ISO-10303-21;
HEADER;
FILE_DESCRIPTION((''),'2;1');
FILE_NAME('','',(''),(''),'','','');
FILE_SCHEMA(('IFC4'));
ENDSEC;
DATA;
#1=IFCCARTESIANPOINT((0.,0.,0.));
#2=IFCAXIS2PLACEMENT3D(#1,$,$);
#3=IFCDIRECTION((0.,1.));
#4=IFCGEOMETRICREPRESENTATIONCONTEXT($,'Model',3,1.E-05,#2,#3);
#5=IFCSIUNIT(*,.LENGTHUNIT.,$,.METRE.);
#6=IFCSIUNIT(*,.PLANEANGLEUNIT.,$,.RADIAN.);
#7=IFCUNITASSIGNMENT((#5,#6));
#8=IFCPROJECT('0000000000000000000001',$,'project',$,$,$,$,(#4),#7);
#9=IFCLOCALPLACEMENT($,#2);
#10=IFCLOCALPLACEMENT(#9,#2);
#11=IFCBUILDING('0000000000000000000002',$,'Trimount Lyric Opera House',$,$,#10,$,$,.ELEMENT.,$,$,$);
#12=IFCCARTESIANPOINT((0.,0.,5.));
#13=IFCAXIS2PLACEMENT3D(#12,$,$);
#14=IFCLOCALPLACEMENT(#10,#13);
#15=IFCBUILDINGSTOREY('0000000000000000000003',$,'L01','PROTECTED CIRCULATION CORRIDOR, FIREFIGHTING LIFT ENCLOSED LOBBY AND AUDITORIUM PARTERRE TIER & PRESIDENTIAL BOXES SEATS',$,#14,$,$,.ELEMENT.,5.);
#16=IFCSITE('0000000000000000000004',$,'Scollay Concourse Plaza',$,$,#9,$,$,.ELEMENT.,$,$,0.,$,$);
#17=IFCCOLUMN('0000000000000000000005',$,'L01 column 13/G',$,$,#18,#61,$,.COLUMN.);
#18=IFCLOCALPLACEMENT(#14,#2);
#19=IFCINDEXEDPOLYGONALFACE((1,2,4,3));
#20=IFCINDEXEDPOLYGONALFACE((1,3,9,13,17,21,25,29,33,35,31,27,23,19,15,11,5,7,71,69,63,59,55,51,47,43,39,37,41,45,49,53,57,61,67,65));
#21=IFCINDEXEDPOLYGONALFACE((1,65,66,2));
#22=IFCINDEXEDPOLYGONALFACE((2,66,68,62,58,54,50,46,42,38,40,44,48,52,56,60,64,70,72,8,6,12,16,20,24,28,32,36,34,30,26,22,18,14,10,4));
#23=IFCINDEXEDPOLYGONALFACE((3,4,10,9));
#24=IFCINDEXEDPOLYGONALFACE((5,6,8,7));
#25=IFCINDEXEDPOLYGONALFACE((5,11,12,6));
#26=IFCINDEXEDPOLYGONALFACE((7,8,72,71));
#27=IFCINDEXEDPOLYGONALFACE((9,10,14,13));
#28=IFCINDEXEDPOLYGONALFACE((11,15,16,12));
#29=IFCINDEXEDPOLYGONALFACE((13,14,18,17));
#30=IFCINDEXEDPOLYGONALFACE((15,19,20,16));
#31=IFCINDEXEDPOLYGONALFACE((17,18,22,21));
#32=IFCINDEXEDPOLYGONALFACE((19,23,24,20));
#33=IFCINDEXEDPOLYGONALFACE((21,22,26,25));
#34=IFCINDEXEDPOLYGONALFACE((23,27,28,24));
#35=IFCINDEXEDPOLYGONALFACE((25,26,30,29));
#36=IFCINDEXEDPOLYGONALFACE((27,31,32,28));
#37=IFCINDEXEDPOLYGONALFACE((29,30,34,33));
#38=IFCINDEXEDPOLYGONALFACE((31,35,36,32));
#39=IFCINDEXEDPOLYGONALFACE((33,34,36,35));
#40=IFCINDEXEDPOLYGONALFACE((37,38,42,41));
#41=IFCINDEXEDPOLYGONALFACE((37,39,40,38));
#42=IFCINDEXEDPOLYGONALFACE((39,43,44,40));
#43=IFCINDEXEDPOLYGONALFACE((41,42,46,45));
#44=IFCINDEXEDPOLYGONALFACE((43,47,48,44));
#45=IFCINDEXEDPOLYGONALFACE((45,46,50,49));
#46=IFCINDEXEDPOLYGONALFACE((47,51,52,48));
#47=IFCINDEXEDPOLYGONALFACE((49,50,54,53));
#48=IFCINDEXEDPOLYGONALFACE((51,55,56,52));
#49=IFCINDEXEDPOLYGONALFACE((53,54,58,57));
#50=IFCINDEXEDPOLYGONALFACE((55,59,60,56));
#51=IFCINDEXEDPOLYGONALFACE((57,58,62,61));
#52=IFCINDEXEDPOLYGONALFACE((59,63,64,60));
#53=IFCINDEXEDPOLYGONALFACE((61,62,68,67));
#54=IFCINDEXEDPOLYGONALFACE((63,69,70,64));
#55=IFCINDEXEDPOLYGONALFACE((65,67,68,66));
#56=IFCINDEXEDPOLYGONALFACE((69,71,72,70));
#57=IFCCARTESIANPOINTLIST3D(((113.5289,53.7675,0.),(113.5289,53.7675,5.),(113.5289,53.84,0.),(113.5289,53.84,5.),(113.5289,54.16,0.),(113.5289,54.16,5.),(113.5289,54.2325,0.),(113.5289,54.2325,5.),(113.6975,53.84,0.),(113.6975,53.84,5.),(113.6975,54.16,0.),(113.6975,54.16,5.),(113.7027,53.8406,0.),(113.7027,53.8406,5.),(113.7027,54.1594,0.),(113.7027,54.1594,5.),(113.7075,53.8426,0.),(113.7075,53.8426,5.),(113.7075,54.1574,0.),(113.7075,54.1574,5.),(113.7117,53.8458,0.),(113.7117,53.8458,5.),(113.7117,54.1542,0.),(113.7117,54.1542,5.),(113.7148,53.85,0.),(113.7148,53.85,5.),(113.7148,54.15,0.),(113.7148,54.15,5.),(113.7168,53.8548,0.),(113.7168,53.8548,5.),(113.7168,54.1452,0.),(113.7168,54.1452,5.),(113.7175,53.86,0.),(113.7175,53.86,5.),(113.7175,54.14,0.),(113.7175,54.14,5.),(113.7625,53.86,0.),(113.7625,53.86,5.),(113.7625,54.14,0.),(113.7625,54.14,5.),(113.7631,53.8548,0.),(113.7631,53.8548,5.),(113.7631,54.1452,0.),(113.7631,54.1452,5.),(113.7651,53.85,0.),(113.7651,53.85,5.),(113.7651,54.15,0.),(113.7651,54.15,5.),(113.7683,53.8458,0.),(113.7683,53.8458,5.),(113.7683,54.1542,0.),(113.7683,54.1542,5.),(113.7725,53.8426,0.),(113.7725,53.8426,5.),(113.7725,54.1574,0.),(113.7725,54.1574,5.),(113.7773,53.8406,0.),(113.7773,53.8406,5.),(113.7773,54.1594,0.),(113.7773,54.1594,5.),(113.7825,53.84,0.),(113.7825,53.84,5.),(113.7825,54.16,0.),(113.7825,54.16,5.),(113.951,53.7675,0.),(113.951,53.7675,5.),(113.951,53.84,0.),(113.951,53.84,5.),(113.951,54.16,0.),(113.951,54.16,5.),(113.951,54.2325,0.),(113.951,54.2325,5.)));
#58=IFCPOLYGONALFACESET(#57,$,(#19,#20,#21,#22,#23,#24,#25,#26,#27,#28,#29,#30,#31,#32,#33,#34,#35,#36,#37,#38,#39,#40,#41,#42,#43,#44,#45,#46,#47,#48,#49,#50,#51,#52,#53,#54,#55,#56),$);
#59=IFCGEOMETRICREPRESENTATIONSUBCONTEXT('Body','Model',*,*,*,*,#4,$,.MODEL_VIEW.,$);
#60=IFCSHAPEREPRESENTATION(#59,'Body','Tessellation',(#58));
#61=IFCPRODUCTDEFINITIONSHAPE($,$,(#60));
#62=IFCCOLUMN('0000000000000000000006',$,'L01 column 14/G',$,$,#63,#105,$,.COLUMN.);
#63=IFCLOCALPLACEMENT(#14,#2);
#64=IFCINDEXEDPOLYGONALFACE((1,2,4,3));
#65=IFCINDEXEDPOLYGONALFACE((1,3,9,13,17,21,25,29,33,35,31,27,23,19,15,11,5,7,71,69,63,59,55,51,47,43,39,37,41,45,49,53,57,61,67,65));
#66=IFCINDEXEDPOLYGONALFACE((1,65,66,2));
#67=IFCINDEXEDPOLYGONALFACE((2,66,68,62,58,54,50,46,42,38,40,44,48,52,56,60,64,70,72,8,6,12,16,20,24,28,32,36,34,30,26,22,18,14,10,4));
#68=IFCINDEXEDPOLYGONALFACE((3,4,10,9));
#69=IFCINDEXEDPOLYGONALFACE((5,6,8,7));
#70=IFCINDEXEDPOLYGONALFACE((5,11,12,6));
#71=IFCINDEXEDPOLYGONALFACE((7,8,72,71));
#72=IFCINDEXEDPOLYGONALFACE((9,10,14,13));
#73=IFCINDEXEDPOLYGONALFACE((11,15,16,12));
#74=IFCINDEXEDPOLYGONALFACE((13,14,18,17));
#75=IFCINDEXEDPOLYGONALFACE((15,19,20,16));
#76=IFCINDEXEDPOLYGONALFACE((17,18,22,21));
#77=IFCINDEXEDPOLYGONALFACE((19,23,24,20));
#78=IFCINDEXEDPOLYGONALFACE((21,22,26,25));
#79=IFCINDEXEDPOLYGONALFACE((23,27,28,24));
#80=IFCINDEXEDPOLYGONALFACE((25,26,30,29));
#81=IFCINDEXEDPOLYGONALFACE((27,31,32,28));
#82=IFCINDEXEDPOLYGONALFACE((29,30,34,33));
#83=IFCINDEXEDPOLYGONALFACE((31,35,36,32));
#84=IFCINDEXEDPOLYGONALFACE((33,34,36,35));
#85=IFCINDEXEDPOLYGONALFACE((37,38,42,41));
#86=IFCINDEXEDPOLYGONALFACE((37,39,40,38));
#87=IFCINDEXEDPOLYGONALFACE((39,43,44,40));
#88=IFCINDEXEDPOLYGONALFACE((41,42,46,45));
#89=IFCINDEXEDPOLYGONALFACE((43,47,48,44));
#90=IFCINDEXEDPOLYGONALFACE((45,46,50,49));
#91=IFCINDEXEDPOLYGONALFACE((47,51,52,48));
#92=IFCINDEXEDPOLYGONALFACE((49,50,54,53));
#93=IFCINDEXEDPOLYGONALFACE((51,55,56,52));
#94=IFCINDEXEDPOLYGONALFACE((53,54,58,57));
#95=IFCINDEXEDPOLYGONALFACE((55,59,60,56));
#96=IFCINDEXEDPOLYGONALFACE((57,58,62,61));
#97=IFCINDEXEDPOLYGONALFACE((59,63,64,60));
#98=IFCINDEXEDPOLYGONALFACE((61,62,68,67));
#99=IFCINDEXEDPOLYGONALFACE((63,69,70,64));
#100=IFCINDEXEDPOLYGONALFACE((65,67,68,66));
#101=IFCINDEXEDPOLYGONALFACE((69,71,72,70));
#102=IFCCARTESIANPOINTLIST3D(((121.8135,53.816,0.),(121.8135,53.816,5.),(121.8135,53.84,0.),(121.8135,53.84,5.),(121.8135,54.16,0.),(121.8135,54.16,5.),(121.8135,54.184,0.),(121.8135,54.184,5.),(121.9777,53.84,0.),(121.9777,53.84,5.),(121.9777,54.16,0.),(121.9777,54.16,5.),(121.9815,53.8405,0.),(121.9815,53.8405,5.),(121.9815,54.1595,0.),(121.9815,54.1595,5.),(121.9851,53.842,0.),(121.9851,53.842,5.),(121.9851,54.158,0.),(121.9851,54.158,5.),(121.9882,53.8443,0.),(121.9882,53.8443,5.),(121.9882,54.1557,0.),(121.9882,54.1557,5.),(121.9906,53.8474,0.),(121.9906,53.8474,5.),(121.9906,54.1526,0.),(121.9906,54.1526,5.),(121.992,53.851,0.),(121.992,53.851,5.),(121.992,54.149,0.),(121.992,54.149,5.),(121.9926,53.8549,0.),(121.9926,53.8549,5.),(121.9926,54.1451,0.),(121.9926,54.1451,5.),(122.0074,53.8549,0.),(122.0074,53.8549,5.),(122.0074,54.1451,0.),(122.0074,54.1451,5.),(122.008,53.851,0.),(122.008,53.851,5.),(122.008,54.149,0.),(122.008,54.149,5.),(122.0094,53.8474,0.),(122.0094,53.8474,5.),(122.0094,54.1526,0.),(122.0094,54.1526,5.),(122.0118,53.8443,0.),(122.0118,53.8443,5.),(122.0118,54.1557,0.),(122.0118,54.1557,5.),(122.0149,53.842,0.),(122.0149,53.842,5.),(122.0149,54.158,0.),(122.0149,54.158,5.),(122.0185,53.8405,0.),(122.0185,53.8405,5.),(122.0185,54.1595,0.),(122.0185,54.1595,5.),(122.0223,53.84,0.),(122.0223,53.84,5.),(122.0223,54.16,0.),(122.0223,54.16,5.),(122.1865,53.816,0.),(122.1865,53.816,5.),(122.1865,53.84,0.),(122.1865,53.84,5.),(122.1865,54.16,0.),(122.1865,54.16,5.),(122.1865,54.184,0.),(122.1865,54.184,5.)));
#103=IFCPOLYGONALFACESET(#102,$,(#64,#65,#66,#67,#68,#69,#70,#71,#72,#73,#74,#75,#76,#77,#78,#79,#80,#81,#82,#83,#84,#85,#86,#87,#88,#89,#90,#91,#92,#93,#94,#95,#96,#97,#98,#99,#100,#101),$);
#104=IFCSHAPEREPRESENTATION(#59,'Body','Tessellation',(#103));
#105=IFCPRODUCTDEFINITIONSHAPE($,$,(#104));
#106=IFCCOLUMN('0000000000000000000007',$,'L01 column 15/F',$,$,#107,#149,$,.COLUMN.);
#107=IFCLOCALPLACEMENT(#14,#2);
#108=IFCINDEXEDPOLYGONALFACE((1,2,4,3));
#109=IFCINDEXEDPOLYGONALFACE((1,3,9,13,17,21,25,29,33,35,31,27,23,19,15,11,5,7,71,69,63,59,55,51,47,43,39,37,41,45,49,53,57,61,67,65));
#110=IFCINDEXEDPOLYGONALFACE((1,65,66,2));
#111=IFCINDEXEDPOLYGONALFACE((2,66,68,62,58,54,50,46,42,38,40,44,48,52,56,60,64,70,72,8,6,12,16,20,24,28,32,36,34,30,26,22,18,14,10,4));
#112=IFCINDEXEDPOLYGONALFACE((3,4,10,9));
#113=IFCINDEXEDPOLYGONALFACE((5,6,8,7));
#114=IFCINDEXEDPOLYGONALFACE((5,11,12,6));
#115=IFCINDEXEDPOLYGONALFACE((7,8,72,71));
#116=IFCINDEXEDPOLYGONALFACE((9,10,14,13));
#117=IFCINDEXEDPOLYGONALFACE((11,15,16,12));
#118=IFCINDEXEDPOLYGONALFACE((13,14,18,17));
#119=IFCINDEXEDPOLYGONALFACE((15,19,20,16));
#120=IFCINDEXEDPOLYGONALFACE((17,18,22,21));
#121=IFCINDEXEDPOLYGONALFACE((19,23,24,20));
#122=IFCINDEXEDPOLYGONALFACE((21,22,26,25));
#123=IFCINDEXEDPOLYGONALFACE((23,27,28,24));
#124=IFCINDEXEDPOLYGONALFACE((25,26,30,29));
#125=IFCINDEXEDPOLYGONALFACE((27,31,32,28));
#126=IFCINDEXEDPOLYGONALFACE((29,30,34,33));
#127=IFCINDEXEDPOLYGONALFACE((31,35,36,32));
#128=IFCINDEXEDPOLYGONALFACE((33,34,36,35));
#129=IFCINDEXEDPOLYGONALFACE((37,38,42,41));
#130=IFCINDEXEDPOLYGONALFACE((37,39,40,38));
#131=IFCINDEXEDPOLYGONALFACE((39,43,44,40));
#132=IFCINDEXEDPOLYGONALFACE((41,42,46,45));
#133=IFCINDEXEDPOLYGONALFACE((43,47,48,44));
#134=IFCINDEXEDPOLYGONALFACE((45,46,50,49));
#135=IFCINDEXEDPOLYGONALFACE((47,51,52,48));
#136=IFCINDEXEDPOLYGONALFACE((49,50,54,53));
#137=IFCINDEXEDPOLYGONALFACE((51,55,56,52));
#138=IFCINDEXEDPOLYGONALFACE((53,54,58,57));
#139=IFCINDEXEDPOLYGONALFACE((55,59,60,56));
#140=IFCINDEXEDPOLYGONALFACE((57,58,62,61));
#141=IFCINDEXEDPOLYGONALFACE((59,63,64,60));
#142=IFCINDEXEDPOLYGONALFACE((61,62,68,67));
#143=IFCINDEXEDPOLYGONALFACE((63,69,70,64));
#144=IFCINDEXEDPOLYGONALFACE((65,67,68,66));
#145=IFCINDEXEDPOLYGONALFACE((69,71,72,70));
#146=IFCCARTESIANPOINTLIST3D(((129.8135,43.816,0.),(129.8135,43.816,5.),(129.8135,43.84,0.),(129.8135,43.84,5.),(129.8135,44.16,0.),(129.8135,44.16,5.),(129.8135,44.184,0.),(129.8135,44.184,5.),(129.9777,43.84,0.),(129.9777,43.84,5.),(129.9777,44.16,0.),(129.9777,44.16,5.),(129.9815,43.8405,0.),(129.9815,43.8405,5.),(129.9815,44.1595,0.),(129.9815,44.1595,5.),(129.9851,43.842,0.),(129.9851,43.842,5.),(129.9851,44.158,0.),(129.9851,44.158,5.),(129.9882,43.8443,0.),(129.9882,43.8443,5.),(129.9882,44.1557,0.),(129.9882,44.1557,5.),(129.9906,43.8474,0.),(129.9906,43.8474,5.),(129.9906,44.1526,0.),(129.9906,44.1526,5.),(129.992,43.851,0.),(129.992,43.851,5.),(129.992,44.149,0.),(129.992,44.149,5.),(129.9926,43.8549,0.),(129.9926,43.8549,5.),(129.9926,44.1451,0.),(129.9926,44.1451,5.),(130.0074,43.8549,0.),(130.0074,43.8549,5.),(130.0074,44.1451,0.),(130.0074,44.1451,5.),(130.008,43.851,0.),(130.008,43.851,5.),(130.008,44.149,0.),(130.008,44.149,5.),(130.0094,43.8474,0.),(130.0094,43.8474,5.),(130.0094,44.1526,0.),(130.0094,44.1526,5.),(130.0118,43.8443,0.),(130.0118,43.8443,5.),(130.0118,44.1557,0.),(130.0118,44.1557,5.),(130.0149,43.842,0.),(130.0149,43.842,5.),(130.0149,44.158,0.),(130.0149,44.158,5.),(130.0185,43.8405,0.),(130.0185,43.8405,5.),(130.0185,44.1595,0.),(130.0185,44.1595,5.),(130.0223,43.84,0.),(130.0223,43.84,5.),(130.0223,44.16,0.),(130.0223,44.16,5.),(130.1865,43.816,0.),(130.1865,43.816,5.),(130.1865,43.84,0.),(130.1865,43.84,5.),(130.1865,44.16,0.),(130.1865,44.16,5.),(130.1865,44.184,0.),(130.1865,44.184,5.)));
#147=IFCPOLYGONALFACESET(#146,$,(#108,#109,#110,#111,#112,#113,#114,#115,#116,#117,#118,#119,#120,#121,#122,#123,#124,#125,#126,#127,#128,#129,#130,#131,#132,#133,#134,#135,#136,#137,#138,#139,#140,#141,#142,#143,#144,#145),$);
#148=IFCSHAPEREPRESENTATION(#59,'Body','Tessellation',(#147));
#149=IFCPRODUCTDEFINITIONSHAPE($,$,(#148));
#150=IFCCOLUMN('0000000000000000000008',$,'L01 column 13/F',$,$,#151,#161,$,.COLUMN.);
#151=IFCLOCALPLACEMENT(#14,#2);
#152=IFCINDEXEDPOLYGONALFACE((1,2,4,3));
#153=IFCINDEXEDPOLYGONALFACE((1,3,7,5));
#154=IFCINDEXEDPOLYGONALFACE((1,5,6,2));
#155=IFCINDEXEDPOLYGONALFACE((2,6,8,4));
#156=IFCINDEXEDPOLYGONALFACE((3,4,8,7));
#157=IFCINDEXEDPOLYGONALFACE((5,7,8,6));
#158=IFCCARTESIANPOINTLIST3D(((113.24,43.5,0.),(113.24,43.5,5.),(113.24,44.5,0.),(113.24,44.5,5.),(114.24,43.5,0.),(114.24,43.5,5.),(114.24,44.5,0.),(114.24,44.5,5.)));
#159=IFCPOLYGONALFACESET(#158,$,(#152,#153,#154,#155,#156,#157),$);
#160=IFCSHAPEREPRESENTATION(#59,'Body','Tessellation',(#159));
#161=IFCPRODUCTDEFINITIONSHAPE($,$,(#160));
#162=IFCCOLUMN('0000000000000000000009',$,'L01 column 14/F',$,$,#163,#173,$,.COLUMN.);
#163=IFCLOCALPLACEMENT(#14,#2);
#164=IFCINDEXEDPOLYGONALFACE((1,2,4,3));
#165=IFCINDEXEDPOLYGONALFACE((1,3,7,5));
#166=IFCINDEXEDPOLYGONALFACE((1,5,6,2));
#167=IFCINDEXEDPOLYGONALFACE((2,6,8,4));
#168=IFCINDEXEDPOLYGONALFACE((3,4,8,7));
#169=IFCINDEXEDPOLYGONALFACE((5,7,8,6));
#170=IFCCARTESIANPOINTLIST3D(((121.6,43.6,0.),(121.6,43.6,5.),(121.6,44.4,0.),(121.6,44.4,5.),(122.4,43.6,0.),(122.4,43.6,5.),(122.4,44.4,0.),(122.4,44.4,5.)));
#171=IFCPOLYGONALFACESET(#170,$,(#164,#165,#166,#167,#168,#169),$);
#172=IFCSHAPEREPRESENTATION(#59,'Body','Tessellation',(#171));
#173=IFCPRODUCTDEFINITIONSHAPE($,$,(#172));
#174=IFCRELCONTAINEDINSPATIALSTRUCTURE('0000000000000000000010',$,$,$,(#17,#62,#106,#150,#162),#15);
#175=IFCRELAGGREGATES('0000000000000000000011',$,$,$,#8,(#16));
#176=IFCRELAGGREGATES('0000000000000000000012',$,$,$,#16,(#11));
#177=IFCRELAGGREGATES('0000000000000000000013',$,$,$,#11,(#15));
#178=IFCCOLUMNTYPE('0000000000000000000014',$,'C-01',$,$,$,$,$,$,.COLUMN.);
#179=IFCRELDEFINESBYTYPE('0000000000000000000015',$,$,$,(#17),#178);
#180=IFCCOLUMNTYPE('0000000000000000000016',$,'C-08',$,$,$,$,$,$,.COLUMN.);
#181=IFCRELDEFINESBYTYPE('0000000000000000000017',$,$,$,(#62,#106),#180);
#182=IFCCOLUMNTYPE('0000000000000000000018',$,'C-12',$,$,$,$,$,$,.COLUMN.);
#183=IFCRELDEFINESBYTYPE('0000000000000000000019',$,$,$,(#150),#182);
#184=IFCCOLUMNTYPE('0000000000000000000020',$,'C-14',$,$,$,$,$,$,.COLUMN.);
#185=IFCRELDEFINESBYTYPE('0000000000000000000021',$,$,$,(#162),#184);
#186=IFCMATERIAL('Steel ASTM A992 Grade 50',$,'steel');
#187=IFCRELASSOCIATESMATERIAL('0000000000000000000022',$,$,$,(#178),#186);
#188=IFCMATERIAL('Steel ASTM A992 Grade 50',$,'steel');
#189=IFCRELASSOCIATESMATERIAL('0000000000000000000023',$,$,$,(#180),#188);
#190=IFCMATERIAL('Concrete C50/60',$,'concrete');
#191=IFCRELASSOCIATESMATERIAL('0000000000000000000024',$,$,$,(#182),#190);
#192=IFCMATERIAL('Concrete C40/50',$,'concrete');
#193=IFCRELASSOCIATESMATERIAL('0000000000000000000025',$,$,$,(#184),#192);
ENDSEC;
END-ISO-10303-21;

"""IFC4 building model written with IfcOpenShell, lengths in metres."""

from ifc_helpers import new_model, si_unit, direction, frame, origin, origin_2d, place, context, subcontext, project, spatial, rectangle, i_section, extrude, material, material_profile, profile_set, type_object, element, save


model = new_model("IFC4")

# Units and contexts
model_context = context("Model", 3, precision=1e-05, world=origin(), true_north=direction((0.0, 1.0)))
body_context = subcontext(model_context, "Body", "Model", "MODEL_VIEW")
ifc_project = project(units=[si_unit("LENGTHUNIT", "METRE"), si_unit("PLANEANGLEUNIT", "RADIAN")], contexts=[model_context])

# Site, building, storey
site_placement = place(None, origin())
site = spatial("IfcSite", under=ifc_project, at=site_placement, Name="Scollay Concourse Plaza", CompositionType="ELEMENT", RefElevation=0.0)
building_placement = place(site_placement, origin())
building = spatial("IfcBuilding", under=site, at=building_placement, Name="Trimount Lyric Opera House", CompositionType="ELEMENT")
storey_placement = place(building_placement, frame((0.0, 0.0, 5.0)))
storey = spatial("IfcBuildingStorey", under=building, at=storey_placement, Name="L01", Description="PROTECTED CIRCULATION CORRIDOR, FIREFIGHTING LIFT ENCLOSED LOBBY AND AUDITORIUM PARTERRE TIER & PRESIDENTIAL BOXES SEATS", CompositionType="ELEMENT", Elevation=5.0)

# Columns
ifc_material_1 = material(Name="Steel ASTM A992 Grade 50", Category="steel")
ifc_material_profile_1 = material_profile(ifc_material_1, i_section(OverallWidth=0.4221, OverallDepth=0.4651, WebThickness=0.0449, FlangeThickness=0.0725, FilletRadius=0.02, at=origin_2d()), Name="W14X398")
ifc_profile_set_1 = profile_set([ifc_material_profile_1], Name="Steel ASTM A992 Grade 50")
column_type_1 = type_object("IfcColumnType", Name="C-01", PredefinedType="COLUMN", material=ifc_profile_set_1)
column_1_placement = place(storey_placement, frame((113.74, 54.0, 0.0), z_axis=(0.0, 0.0, 1.0), x_axis=(1.0, 0.0, 0.0)))
element("IfcColumn", 1, at=column_1_placement, inside=storey, type_object=column_type_1, Name="L01 column 13/G", PredefinedType="COLUMN", context=body_context, shape_type="SweptSolid", body=[
    extrude(i_section(OverallWidth=0.4221, OverallDepth=0.4651, WebThickness=0.0449, FlangeThickness=0.0725, FilletRadius=0.02, at=origin_2d()), origin(), (0.0, 0.0, 1.0), 5.0),
])
ifc_material_2 = material(Name="Steel ASTM A992 Grade 50", Category="steel")
ifc_material_profile_2 = material_profile(ifc_material_2, i_section(OverallWidth=0.373, OverallDepth=0.3679, WebThickness=0.0149, FlangeThickness=0.0239, FilletRadius=0.0149, at=origin_2d()), Name="W14X120")
ifc_profile_set_2 = profile_set([ifc_material_profile_2], Name="Steel ASTM A992 Grade 50")
column_type_2 = type_object("IfcColumnType", Name="C-08", PredefinedType="COLUMN", material=ifc_profile_set_2)
for number, where, z_axis, x_axis, name in (
    (2, (122.0, 54.0, 0.0), (0.0, 0.0, 1.0), (1.0, 0.0, 0.0), "L01 column 14/G"),
    (3, (130.0, 44.0, 0.0), (0.0, 0.0, 1.0), (1.0, 0.0, 0.0), "L01 column 15/F"),
):
    element("IfcColumn", number, at=place(storey_placement, frame(where, z_axis=z_axis, x_axis=x_axis)), inside=storey, type_object=column_type_2, Name=name, PredefinedType="COLUMN", context=body_context, shape_type="SweptSolid", body=[
        extrude(i_section(OverallWidth=0.373, OverallDepth=0.3679, WebThickness=0.0149, FlangeThickness=0.0239, FilletRadius=0.0149, at=origin_2d()), origin(), (0.0, 0.0, 1.0), 5.0),
    ])
ifc_material_3 = material(Name="Concrete C50/60", Category="concrete")
ifc_material_profile_3 = material_profile(ifc_material_3, rectangle(XDim=1.0, YDim=1.0, at=origin_2d()), Name="RC1000X1000")
ifc_profile_set_3 = profile_set([ifc_material_profile_3], Name="Concrete C50/60")
column_type_3 = type_object("IfcColumnType", Name="C-12", PredefinedType="COLUMN", material=ifc_profile_set_3)
column_2_placement = place(storey_placement, frame((113.74, 44.0, 0.0), z_axis=(0.0, 0.0, 1.0), x_axis=(1.0, 0.0, 0.0)))
element("IfcColumn", 4, at=column_2_placement, inside=storey, type_object=column_type_3, Name="L01 column 13/F", PredefinedType="COLUMN", context=body_context, shape_type="SweptSolid", body=[
    extrude(rectangle(XDim=1.0, YDim=1.0, at=origin_2d()), origin(), (0.0, 0.0, 1.0), 5.0),
])
ifc_material_4 = material(Name="Concrete C40/50", Category="concrete")
ifc_material_profile_4 = material_profile(ifc_material_4, rectangle(XDim=0.8, YDim=0.8, at=origin_2d()), Name="RC800X800")
ifc_profile_set_4 = profile_set([ifc_material_profile_4], Name="Concrete C40/50")
column_type_4 = type_object("IfcColumnType", Name="C-14", PredefinedType="COLUMN", material=ifc_profile_set_4)
column_3_placement = place(storey_placement, frame((122.0, 44.0, 0.0), z_axis=(0.0, 0.0, 1.0), x_axis=(1.0, 0.0, 0.0)))
element("IfcColumn", 5, at=column_3_placement, inside=storey, type_object=column_type_4, Name="L01 column 14/F", PredefinedType="COLUMN", context=body_context, shape_type="SweptSolid", body=[
    extrude(rectangle(XDim=0.8, YDim=0.8, at=origin_2d()), origin(), (0.0, 0.0, 1.0), 5.0),
])

save(model, "model.ifc")
